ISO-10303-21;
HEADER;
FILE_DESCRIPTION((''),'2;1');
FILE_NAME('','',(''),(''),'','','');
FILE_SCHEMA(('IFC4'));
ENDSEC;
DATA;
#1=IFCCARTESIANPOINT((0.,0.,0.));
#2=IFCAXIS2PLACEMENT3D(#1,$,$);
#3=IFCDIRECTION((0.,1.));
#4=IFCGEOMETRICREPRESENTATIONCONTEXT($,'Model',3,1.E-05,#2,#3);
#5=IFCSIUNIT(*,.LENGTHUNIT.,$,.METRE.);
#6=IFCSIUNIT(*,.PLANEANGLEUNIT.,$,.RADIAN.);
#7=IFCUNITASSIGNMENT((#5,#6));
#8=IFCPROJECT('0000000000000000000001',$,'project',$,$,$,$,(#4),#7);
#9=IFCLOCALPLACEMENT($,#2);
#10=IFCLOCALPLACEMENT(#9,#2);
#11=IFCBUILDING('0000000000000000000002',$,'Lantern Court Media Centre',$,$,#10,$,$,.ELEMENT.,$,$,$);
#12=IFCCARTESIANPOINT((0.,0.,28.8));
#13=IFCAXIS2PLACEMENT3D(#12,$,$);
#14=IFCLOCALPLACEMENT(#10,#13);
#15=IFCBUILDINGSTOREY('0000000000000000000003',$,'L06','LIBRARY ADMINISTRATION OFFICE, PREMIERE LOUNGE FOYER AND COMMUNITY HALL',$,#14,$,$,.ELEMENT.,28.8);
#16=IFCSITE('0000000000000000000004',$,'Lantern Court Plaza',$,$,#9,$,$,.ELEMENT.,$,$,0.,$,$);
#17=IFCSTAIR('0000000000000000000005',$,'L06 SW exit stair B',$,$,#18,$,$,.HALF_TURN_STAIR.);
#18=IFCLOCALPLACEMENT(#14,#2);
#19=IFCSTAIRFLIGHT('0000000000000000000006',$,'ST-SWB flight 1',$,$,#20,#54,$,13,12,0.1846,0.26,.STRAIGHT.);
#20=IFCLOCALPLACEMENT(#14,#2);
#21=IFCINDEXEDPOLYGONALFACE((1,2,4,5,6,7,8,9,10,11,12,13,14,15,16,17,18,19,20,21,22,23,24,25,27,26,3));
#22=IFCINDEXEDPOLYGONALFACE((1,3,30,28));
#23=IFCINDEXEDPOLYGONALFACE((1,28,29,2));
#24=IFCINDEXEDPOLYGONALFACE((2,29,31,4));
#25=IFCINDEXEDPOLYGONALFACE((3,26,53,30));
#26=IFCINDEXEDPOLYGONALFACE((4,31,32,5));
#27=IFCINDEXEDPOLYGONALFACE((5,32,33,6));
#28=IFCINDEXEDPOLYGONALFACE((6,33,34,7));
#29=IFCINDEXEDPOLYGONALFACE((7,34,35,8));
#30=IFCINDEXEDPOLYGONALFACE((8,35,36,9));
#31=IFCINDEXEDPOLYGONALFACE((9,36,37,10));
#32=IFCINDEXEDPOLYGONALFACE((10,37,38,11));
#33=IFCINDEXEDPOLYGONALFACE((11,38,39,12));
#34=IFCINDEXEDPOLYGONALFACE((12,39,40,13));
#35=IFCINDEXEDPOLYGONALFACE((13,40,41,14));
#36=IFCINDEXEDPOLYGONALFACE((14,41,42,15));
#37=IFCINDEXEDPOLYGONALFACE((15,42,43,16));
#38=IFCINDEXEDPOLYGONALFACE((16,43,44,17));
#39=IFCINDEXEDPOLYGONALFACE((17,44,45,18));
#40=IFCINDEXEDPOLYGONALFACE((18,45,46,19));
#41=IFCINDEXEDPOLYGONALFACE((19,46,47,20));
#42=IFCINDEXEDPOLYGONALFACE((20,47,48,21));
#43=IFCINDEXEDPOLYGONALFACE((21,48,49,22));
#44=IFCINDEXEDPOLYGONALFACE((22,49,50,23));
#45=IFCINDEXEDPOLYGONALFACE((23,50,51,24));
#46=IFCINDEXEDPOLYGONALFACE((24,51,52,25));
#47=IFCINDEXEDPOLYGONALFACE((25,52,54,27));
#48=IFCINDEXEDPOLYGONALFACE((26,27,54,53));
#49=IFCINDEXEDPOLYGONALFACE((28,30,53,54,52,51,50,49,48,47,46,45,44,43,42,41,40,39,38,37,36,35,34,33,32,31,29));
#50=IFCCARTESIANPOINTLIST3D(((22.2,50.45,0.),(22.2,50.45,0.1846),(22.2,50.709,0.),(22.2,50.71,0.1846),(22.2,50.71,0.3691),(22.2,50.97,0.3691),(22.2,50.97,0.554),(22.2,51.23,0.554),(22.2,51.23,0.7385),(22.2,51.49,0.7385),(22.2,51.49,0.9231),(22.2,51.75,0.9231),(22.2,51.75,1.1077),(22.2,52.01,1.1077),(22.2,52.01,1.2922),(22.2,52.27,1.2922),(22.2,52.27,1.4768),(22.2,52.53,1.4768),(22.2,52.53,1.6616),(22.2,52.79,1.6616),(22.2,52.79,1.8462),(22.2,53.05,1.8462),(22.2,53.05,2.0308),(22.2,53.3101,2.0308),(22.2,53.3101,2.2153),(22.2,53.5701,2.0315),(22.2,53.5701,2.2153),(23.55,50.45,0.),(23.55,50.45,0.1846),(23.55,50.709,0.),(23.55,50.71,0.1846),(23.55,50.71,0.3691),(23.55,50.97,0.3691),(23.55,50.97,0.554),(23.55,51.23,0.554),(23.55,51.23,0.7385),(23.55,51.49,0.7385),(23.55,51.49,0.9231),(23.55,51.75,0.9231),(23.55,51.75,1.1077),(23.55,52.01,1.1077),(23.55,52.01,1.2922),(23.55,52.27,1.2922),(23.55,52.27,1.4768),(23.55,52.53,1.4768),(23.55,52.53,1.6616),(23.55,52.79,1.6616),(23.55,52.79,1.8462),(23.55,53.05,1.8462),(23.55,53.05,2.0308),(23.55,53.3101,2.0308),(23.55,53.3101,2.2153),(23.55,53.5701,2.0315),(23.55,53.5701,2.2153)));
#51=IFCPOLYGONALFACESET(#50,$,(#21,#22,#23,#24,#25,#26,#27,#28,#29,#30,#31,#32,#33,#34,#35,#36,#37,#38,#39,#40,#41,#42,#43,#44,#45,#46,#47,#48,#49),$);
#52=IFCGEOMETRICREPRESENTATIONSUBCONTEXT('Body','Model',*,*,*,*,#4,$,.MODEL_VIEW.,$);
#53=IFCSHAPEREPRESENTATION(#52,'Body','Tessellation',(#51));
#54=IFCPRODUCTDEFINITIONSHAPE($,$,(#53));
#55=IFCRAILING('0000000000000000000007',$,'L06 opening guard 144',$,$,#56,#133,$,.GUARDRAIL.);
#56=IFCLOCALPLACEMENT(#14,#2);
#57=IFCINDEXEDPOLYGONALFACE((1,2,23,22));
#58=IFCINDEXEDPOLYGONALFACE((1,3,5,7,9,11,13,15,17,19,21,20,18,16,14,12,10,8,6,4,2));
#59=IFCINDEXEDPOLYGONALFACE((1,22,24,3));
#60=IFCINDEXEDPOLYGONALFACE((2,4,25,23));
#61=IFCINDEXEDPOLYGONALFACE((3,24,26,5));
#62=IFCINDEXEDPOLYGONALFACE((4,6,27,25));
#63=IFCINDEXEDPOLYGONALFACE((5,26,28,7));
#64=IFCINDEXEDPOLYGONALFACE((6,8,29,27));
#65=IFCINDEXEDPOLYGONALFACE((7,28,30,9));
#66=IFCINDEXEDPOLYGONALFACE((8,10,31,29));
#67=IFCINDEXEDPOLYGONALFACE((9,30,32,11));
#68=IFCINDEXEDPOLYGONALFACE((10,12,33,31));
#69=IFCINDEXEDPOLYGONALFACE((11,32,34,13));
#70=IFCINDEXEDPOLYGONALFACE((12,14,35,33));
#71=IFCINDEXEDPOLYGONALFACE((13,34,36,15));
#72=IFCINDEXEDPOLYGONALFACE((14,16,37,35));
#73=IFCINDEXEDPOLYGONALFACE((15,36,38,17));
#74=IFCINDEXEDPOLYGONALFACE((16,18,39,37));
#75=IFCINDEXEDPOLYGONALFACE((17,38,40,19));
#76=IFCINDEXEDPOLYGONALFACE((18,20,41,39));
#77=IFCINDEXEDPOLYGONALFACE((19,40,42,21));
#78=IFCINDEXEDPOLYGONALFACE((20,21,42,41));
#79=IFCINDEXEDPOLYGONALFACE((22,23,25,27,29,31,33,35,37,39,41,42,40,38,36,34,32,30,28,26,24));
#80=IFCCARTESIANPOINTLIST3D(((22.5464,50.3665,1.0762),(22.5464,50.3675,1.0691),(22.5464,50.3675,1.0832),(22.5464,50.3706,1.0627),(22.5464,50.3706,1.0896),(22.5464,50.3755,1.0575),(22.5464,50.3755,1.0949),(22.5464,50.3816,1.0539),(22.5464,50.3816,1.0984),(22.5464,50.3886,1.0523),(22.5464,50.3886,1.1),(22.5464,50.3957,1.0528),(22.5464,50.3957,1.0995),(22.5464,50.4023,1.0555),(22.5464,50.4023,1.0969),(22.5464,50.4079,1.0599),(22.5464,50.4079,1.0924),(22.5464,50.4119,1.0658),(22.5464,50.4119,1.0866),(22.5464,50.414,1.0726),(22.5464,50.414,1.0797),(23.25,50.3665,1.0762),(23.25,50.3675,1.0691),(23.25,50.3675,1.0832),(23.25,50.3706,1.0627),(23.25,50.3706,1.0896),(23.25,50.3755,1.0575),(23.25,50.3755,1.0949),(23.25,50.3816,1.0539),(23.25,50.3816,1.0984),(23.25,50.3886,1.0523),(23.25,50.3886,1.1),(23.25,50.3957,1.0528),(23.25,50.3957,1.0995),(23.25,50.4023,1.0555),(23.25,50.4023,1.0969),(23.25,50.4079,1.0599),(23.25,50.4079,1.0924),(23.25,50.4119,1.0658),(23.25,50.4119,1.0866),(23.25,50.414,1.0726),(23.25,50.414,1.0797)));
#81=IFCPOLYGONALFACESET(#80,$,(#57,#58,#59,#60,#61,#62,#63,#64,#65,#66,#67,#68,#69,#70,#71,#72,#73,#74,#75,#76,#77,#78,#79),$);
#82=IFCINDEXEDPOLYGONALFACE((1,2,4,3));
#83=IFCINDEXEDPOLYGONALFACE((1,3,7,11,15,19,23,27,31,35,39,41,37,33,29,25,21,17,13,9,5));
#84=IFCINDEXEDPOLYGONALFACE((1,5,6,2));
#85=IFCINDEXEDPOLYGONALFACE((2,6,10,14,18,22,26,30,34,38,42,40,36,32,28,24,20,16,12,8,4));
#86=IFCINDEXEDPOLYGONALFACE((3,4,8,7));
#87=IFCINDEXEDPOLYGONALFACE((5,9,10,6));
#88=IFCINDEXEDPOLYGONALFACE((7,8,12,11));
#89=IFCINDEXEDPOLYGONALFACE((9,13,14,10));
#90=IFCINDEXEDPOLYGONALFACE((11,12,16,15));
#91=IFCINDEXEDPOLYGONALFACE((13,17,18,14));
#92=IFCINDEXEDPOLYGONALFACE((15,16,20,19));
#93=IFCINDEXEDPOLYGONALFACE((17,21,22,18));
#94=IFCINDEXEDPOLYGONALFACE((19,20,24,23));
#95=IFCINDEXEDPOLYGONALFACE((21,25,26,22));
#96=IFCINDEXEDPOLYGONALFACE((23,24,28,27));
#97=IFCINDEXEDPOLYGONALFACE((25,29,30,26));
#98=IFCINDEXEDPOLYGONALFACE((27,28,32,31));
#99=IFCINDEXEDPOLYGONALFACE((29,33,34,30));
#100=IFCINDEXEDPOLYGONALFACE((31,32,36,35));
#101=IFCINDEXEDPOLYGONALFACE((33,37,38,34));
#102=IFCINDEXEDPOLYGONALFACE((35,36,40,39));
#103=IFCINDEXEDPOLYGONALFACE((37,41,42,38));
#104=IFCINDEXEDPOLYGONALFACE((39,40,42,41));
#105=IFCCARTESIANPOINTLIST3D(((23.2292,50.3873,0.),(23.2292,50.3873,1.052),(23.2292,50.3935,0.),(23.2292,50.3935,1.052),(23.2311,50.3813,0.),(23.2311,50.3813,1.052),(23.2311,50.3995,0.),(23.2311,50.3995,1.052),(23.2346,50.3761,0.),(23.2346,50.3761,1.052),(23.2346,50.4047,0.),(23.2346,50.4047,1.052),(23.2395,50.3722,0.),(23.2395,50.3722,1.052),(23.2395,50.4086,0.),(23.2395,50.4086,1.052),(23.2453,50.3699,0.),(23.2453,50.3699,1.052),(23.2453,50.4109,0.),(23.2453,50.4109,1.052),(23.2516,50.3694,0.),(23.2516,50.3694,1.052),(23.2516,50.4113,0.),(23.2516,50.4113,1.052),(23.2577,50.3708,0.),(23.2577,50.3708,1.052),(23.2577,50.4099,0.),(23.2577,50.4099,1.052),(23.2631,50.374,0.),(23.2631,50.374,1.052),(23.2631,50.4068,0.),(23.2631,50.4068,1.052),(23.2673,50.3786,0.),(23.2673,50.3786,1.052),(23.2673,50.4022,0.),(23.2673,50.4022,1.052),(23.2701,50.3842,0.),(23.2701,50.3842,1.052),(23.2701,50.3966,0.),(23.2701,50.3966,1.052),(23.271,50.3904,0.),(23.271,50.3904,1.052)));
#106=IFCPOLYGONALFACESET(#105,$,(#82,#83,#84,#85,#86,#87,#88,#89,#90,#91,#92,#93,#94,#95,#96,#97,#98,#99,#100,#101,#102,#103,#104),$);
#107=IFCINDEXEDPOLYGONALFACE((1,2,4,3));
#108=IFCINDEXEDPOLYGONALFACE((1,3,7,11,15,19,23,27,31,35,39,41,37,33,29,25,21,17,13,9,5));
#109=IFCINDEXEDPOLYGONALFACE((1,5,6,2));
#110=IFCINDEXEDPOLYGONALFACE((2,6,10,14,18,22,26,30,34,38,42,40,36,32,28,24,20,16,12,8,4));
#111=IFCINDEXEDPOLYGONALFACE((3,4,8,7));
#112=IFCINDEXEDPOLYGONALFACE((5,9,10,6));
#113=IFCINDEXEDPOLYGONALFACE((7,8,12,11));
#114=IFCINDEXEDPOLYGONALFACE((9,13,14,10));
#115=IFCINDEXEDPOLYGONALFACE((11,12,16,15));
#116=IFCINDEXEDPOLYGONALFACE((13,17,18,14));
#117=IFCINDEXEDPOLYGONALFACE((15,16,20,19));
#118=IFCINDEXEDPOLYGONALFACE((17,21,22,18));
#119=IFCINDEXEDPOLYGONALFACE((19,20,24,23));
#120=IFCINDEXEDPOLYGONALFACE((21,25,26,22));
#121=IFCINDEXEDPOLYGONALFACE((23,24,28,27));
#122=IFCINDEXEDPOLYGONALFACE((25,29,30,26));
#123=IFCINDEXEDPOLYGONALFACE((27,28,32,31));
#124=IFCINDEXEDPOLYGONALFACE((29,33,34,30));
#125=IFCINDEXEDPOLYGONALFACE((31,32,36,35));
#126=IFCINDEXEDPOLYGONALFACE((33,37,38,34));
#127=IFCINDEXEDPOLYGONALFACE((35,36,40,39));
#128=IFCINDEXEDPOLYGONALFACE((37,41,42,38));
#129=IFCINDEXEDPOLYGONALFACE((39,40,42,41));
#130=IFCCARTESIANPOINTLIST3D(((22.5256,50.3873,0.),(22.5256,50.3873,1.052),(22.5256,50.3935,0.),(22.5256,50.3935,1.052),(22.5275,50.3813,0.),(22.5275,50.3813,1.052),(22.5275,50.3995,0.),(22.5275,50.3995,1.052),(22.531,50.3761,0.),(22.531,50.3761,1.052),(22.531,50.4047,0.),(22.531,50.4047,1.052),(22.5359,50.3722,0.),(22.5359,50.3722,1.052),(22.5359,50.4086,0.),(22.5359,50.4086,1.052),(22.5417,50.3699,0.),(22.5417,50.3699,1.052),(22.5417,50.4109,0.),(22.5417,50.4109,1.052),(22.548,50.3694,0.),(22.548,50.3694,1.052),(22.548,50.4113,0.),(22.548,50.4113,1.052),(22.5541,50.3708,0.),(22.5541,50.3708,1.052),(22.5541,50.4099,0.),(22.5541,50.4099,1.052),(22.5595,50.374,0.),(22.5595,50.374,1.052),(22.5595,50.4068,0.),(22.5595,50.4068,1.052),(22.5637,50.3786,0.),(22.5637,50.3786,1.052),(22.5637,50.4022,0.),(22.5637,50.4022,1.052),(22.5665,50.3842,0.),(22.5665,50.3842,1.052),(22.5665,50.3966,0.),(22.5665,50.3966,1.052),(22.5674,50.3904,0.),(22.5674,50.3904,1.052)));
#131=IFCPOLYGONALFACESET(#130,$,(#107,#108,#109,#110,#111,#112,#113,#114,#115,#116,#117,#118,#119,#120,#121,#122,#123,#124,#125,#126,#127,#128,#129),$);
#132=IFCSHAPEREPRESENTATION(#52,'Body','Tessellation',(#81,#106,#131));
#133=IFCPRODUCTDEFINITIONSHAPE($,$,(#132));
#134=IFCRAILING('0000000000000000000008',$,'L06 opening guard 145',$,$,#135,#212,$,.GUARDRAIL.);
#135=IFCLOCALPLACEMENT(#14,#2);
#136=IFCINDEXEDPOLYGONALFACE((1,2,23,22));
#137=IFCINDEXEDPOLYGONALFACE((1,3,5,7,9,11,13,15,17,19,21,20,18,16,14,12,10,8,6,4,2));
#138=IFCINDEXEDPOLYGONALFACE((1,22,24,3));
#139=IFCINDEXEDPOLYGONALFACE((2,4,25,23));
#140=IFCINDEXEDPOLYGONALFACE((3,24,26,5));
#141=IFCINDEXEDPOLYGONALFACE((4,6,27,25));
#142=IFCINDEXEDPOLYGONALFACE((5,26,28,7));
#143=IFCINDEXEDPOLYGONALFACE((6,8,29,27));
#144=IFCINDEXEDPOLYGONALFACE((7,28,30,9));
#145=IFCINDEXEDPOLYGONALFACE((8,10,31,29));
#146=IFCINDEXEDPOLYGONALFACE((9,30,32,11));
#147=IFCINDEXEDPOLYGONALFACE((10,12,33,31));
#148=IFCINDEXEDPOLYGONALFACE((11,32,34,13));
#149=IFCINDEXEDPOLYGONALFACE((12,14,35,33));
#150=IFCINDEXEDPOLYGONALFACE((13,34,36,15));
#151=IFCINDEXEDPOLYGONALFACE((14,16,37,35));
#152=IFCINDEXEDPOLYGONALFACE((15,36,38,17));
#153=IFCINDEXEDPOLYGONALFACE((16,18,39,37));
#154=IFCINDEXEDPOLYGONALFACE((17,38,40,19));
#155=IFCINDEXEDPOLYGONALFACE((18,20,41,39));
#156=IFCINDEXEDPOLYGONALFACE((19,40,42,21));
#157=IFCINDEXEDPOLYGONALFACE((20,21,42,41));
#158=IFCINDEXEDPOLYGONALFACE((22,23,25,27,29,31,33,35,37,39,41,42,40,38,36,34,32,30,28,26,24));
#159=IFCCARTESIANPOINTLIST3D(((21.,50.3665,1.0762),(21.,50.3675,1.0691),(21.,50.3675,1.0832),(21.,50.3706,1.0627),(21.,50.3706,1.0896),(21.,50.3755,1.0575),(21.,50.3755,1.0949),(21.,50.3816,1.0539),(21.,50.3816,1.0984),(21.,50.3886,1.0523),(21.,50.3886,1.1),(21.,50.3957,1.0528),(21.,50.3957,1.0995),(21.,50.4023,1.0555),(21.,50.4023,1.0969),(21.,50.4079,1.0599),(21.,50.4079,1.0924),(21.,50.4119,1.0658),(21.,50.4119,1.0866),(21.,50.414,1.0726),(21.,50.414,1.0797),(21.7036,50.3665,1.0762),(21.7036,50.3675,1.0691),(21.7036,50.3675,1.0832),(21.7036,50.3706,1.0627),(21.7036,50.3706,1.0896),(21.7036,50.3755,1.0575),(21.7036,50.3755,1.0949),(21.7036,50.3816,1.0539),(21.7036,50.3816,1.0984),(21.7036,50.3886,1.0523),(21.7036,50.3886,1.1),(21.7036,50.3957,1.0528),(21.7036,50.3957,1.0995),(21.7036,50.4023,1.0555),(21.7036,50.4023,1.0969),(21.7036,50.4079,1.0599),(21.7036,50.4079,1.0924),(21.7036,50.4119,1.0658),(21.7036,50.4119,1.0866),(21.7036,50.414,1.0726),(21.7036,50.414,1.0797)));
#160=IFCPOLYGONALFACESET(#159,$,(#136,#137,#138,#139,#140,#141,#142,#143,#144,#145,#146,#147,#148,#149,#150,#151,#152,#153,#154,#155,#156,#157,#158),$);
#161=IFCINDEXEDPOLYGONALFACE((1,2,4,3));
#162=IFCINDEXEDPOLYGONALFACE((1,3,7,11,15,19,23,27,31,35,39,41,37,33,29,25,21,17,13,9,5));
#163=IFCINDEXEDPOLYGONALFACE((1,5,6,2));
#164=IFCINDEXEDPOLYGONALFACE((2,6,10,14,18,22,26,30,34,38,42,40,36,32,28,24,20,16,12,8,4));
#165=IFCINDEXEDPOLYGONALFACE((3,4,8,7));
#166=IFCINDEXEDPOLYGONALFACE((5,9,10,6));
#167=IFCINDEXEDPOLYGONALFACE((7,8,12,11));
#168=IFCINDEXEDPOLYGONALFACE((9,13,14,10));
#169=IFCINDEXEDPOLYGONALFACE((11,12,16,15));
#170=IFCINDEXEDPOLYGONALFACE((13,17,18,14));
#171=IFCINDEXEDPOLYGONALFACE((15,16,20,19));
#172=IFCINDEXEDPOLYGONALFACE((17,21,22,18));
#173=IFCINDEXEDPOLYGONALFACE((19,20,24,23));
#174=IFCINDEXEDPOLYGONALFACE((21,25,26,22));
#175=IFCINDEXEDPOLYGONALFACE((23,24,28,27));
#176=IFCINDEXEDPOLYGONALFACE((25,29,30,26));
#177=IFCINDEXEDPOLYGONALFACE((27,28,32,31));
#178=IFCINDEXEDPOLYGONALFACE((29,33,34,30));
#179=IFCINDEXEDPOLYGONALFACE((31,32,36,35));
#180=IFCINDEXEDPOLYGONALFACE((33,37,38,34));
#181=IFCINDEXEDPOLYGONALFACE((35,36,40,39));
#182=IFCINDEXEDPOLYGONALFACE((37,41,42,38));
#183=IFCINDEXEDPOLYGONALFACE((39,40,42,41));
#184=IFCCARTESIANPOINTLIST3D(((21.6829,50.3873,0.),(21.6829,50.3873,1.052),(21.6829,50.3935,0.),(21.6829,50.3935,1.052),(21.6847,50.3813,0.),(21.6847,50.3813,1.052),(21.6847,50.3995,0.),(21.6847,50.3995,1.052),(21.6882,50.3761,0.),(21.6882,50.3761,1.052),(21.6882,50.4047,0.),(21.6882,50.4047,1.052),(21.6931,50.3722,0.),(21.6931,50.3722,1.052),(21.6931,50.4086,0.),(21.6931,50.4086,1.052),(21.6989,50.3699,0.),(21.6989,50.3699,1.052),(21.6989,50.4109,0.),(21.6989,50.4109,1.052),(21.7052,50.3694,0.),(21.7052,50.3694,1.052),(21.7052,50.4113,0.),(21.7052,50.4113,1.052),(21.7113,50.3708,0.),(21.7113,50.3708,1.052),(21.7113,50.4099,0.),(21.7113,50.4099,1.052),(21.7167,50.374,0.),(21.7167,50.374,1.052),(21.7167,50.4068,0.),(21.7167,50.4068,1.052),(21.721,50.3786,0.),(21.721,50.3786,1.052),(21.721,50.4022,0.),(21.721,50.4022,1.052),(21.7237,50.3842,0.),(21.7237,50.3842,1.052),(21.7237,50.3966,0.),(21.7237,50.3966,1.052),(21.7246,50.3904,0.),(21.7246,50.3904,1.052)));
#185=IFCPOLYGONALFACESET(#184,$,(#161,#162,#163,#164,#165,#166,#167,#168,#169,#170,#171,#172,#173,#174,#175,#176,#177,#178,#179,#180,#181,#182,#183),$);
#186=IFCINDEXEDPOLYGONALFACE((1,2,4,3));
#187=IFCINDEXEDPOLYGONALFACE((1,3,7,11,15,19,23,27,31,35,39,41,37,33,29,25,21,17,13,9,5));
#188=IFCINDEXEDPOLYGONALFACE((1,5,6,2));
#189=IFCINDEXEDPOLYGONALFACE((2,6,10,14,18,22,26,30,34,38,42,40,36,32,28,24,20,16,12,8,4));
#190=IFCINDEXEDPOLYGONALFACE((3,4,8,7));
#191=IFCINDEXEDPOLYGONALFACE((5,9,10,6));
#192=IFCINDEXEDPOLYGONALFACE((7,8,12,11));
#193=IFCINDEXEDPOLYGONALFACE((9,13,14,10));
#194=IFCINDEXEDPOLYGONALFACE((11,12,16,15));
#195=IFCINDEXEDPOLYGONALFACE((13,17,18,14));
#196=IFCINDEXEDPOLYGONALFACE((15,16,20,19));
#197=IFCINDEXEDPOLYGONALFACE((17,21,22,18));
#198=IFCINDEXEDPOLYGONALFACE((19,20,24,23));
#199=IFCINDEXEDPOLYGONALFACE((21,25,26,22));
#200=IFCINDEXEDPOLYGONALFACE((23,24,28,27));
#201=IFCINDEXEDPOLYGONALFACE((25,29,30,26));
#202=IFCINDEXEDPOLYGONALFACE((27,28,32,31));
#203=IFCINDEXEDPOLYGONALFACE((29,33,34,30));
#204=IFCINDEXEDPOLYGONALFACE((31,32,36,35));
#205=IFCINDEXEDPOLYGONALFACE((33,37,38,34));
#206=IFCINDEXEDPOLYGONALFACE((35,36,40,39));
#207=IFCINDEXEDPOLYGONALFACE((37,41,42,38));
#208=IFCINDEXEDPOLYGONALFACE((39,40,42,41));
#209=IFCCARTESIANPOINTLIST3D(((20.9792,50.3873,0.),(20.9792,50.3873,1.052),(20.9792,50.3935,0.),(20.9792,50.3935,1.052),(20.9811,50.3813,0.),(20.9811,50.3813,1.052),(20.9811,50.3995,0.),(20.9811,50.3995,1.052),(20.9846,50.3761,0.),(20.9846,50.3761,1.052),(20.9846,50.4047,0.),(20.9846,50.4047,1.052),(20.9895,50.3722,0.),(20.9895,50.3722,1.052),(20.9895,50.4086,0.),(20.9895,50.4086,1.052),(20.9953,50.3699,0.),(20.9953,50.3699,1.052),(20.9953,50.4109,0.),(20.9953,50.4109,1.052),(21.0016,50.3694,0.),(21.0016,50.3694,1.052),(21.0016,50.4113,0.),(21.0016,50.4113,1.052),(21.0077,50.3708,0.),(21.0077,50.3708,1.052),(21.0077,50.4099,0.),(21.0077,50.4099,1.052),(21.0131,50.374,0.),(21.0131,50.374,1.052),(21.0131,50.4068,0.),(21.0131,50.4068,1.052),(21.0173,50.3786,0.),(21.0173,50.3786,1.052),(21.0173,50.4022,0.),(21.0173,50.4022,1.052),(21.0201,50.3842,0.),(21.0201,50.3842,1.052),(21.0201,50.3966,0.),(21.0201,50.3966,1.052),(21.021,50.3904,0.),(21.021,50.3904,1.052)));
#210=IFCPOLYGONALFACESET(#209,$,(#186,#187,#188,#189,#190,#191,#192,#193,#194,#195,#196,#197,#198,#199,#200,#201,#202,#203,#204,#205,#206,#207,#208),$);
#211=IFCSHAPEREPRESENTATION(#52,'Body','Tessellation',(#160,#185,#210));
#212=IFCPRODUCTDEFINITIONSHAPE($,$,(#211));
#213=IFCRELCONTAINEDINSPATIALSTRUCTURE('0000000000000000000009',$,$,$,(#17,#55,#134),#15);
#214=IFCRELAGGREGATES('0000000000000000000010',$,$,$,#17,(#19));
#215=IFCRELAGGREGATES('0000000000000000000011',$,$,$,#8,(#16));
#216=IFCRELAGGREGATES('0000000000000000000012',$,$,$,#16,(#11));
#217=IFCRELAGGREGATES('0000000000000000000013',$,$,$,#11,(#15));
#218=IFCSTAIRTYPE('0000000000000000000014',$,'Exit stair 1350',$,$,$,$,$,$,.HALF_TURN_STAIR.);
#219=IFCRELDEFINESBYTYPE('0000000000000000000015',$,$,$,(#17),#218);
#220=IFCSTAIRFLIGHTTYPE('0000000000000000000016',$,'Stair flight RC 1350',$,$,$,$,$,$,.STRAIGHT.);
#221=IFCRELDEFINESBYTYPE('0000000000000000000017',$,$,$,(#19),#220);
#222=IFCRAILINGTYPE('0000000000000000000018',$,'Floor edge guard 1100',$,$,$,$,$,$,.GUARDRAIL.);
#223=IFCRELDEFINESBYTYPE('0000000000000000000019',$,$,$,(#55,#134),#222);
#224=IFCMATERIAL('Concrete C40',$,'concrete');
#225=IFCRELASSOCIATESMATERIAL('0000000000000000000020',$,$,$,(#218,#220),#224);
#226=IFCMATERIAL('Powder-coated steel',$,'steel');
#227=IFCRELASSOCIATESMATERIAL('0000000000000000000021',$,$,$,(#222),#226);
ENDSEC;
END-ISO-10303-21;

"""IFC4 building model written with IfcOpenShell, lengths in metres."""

from ifc_helpers import new_model, si_unit, direction, frame, origin, origin_2d, place, context, subcontext, project, spatial, polyline, circle, outline, extrude, material, type_object, element, aggregate, save


model = new_model("IFC4")

# Units and contexts
model_context = context("Model", 3, precision=1e-05, world=origin(), true_north=direction((0.0, 1.0)))
body_context = subcontext(model_context, "Body", "Model", "MODEL_VIEW")
ifc_project = project(units=[si_unit("LENGTHUNIT", "METRE"), si_unit("PLANEANGLEUNIT", "RADIAN")], contexts=[model_context])

# Site, building, storey
site_placement = place(None, origin())
site = spatial("IfcSite", under=ifc_project, at=site_placement, Name="Lantern Court Plaza", CompositionType="ELEMENT", RefElevation=0.0)
building_placement = place(site_placement, origin())
building = spatial("IfcBuilding", under=site, at=building_placement, Name="Lantern Court Media Centre", CompositionType="ELEMENT")
storey_placement = place(building_placement, frame((0.0, 0.0, 28.8)))
storey = spatial("IfcBuildingStorey", under=building, at=storey_placement, Name="L06", Description="LIBRARY ADMINISTRATION OFFICE, PREMIERE LOUNGE FOYER AND COMMUNITY HALL", CompositionType="ELEMENT", Elevation=28.8)

# Shared definitions
ifc_material_1 = material(Name="Concrete C40", Category="concrete")

# Stair, stair flight
stair_type = type_object("IfcStairType", Name="Exit stair 1350", PredefinedType="HALF_TURN_STAIR", material=ifc_material_1)
stair_placement = place(storey_placement, origin())
stair = element("IfcStair", 1, at=stair_placement, inside=storey, type_object=stair_type, Name="L06 SW exit stair B", PredefinedType="HALF_TURN_STAIR")
stair_flight_type = type_object("IfcStairFlightType", Name="Stair flight RC 1350", PredefinedType="STRAIGHT", material=ifc_material_1)
stair_flight_placement = place(storey_placement, frame((22.875, 50.45, 0.0), z_axis=(0.0, 0.0, 1.0), x_axis=(0.0, 1.0, 0.0)))
stair_flight = element("IfcStairFlight", 2, at=stair_flight_placement, type_object=stair_flight_type, Name="ST-SWB flight 1", NumberOfRisers=13, NumberOfTreads=12, PredefinedType="STRAIGHT", RiserHeight=0.1846, TreadLength=0.26, context=body_context, shape_type="SweptSolid", body=[
    extrude(outline(polyline([(0.0, 0.0), (0.0, 0.1846), (0.26, 0.1846), (0.26, 0.3691), (0.52, 0.3691), (0.52, 0.554), (0.78, 0.554), (0.78, 0.7385), (1.04, 0.7385), (1.04, 0.9231), (1.3, 0.9231), (1.3, 1.1077), (1.5601, 1.1077), (1.5601, 1.2922), (1.8201, 1.2922), (1.8201, 1.4768), (2.0801, 1.4768), (2.0801, 1.6616), (2.3401, 1.6616), (2.3401, 1.8462), (2.6001, 1.8462), (2.6001, 2.0308), (2.8601, 2.0308), (2.8601, 2.2153), (3.1201, 2.2153), (3.1201, 2.3999), (3.1201, 2.0315), (0.259, 0.0), (0.0, 0.0)])), frame((0.0, 0.675, 0.0), z_axis=(0.0, -1.0, 0.0), x_axis=(1.0, 0.0, 0.0)), (0.0, 0.0, 1.0), 1.3501),
])
aggregate(stair, [stair_flight])

# Railings
ifc_material_2 = material(Name="Powder-coated steel", Category="steel")
railing_type_1 = type_object("IfcRailingType", Name="Floor edge guard 1100", PredefinedType="GUARDRAIL", material=ifc_material_2)
for number, where, name in (
    (3, (23.25, 50.3904, 0.0), "L06 opening guard 144"),
    (4, (21.7036, 50.3904, 0.0), "L06 opening guard 145"),
):
    element("IfcRailing", number, at=place(storey_placement, frame(where)), inside=storey, type_object=railing_type_1, Name=name, PredefinedType="GUARDRAIL", context=body_context, shape_type="SweptSolid", body=[
        extrude(circle(Radius=0.0239, at=origin_2d()), frame((0.0, 0.0, 1.0762), z_axis=(-1.0, 0.0, 0.0), x_axis=(0.0, -1.0, 0.0)), (0.0, 0.0, 1.0), 0.7036),
        extrude(circle(Radius=0.021, at=origin_2d()), origin(), (0.0, 0.0, 1.0), 1.052),
        extrude(circle(Radius=0.021, at=origin_2d()), frame((-0.7036, 0.0, 0.0)), (0.0, 0.0, 1.0), 1.052),
    ])

save(model, "model.ifc")
